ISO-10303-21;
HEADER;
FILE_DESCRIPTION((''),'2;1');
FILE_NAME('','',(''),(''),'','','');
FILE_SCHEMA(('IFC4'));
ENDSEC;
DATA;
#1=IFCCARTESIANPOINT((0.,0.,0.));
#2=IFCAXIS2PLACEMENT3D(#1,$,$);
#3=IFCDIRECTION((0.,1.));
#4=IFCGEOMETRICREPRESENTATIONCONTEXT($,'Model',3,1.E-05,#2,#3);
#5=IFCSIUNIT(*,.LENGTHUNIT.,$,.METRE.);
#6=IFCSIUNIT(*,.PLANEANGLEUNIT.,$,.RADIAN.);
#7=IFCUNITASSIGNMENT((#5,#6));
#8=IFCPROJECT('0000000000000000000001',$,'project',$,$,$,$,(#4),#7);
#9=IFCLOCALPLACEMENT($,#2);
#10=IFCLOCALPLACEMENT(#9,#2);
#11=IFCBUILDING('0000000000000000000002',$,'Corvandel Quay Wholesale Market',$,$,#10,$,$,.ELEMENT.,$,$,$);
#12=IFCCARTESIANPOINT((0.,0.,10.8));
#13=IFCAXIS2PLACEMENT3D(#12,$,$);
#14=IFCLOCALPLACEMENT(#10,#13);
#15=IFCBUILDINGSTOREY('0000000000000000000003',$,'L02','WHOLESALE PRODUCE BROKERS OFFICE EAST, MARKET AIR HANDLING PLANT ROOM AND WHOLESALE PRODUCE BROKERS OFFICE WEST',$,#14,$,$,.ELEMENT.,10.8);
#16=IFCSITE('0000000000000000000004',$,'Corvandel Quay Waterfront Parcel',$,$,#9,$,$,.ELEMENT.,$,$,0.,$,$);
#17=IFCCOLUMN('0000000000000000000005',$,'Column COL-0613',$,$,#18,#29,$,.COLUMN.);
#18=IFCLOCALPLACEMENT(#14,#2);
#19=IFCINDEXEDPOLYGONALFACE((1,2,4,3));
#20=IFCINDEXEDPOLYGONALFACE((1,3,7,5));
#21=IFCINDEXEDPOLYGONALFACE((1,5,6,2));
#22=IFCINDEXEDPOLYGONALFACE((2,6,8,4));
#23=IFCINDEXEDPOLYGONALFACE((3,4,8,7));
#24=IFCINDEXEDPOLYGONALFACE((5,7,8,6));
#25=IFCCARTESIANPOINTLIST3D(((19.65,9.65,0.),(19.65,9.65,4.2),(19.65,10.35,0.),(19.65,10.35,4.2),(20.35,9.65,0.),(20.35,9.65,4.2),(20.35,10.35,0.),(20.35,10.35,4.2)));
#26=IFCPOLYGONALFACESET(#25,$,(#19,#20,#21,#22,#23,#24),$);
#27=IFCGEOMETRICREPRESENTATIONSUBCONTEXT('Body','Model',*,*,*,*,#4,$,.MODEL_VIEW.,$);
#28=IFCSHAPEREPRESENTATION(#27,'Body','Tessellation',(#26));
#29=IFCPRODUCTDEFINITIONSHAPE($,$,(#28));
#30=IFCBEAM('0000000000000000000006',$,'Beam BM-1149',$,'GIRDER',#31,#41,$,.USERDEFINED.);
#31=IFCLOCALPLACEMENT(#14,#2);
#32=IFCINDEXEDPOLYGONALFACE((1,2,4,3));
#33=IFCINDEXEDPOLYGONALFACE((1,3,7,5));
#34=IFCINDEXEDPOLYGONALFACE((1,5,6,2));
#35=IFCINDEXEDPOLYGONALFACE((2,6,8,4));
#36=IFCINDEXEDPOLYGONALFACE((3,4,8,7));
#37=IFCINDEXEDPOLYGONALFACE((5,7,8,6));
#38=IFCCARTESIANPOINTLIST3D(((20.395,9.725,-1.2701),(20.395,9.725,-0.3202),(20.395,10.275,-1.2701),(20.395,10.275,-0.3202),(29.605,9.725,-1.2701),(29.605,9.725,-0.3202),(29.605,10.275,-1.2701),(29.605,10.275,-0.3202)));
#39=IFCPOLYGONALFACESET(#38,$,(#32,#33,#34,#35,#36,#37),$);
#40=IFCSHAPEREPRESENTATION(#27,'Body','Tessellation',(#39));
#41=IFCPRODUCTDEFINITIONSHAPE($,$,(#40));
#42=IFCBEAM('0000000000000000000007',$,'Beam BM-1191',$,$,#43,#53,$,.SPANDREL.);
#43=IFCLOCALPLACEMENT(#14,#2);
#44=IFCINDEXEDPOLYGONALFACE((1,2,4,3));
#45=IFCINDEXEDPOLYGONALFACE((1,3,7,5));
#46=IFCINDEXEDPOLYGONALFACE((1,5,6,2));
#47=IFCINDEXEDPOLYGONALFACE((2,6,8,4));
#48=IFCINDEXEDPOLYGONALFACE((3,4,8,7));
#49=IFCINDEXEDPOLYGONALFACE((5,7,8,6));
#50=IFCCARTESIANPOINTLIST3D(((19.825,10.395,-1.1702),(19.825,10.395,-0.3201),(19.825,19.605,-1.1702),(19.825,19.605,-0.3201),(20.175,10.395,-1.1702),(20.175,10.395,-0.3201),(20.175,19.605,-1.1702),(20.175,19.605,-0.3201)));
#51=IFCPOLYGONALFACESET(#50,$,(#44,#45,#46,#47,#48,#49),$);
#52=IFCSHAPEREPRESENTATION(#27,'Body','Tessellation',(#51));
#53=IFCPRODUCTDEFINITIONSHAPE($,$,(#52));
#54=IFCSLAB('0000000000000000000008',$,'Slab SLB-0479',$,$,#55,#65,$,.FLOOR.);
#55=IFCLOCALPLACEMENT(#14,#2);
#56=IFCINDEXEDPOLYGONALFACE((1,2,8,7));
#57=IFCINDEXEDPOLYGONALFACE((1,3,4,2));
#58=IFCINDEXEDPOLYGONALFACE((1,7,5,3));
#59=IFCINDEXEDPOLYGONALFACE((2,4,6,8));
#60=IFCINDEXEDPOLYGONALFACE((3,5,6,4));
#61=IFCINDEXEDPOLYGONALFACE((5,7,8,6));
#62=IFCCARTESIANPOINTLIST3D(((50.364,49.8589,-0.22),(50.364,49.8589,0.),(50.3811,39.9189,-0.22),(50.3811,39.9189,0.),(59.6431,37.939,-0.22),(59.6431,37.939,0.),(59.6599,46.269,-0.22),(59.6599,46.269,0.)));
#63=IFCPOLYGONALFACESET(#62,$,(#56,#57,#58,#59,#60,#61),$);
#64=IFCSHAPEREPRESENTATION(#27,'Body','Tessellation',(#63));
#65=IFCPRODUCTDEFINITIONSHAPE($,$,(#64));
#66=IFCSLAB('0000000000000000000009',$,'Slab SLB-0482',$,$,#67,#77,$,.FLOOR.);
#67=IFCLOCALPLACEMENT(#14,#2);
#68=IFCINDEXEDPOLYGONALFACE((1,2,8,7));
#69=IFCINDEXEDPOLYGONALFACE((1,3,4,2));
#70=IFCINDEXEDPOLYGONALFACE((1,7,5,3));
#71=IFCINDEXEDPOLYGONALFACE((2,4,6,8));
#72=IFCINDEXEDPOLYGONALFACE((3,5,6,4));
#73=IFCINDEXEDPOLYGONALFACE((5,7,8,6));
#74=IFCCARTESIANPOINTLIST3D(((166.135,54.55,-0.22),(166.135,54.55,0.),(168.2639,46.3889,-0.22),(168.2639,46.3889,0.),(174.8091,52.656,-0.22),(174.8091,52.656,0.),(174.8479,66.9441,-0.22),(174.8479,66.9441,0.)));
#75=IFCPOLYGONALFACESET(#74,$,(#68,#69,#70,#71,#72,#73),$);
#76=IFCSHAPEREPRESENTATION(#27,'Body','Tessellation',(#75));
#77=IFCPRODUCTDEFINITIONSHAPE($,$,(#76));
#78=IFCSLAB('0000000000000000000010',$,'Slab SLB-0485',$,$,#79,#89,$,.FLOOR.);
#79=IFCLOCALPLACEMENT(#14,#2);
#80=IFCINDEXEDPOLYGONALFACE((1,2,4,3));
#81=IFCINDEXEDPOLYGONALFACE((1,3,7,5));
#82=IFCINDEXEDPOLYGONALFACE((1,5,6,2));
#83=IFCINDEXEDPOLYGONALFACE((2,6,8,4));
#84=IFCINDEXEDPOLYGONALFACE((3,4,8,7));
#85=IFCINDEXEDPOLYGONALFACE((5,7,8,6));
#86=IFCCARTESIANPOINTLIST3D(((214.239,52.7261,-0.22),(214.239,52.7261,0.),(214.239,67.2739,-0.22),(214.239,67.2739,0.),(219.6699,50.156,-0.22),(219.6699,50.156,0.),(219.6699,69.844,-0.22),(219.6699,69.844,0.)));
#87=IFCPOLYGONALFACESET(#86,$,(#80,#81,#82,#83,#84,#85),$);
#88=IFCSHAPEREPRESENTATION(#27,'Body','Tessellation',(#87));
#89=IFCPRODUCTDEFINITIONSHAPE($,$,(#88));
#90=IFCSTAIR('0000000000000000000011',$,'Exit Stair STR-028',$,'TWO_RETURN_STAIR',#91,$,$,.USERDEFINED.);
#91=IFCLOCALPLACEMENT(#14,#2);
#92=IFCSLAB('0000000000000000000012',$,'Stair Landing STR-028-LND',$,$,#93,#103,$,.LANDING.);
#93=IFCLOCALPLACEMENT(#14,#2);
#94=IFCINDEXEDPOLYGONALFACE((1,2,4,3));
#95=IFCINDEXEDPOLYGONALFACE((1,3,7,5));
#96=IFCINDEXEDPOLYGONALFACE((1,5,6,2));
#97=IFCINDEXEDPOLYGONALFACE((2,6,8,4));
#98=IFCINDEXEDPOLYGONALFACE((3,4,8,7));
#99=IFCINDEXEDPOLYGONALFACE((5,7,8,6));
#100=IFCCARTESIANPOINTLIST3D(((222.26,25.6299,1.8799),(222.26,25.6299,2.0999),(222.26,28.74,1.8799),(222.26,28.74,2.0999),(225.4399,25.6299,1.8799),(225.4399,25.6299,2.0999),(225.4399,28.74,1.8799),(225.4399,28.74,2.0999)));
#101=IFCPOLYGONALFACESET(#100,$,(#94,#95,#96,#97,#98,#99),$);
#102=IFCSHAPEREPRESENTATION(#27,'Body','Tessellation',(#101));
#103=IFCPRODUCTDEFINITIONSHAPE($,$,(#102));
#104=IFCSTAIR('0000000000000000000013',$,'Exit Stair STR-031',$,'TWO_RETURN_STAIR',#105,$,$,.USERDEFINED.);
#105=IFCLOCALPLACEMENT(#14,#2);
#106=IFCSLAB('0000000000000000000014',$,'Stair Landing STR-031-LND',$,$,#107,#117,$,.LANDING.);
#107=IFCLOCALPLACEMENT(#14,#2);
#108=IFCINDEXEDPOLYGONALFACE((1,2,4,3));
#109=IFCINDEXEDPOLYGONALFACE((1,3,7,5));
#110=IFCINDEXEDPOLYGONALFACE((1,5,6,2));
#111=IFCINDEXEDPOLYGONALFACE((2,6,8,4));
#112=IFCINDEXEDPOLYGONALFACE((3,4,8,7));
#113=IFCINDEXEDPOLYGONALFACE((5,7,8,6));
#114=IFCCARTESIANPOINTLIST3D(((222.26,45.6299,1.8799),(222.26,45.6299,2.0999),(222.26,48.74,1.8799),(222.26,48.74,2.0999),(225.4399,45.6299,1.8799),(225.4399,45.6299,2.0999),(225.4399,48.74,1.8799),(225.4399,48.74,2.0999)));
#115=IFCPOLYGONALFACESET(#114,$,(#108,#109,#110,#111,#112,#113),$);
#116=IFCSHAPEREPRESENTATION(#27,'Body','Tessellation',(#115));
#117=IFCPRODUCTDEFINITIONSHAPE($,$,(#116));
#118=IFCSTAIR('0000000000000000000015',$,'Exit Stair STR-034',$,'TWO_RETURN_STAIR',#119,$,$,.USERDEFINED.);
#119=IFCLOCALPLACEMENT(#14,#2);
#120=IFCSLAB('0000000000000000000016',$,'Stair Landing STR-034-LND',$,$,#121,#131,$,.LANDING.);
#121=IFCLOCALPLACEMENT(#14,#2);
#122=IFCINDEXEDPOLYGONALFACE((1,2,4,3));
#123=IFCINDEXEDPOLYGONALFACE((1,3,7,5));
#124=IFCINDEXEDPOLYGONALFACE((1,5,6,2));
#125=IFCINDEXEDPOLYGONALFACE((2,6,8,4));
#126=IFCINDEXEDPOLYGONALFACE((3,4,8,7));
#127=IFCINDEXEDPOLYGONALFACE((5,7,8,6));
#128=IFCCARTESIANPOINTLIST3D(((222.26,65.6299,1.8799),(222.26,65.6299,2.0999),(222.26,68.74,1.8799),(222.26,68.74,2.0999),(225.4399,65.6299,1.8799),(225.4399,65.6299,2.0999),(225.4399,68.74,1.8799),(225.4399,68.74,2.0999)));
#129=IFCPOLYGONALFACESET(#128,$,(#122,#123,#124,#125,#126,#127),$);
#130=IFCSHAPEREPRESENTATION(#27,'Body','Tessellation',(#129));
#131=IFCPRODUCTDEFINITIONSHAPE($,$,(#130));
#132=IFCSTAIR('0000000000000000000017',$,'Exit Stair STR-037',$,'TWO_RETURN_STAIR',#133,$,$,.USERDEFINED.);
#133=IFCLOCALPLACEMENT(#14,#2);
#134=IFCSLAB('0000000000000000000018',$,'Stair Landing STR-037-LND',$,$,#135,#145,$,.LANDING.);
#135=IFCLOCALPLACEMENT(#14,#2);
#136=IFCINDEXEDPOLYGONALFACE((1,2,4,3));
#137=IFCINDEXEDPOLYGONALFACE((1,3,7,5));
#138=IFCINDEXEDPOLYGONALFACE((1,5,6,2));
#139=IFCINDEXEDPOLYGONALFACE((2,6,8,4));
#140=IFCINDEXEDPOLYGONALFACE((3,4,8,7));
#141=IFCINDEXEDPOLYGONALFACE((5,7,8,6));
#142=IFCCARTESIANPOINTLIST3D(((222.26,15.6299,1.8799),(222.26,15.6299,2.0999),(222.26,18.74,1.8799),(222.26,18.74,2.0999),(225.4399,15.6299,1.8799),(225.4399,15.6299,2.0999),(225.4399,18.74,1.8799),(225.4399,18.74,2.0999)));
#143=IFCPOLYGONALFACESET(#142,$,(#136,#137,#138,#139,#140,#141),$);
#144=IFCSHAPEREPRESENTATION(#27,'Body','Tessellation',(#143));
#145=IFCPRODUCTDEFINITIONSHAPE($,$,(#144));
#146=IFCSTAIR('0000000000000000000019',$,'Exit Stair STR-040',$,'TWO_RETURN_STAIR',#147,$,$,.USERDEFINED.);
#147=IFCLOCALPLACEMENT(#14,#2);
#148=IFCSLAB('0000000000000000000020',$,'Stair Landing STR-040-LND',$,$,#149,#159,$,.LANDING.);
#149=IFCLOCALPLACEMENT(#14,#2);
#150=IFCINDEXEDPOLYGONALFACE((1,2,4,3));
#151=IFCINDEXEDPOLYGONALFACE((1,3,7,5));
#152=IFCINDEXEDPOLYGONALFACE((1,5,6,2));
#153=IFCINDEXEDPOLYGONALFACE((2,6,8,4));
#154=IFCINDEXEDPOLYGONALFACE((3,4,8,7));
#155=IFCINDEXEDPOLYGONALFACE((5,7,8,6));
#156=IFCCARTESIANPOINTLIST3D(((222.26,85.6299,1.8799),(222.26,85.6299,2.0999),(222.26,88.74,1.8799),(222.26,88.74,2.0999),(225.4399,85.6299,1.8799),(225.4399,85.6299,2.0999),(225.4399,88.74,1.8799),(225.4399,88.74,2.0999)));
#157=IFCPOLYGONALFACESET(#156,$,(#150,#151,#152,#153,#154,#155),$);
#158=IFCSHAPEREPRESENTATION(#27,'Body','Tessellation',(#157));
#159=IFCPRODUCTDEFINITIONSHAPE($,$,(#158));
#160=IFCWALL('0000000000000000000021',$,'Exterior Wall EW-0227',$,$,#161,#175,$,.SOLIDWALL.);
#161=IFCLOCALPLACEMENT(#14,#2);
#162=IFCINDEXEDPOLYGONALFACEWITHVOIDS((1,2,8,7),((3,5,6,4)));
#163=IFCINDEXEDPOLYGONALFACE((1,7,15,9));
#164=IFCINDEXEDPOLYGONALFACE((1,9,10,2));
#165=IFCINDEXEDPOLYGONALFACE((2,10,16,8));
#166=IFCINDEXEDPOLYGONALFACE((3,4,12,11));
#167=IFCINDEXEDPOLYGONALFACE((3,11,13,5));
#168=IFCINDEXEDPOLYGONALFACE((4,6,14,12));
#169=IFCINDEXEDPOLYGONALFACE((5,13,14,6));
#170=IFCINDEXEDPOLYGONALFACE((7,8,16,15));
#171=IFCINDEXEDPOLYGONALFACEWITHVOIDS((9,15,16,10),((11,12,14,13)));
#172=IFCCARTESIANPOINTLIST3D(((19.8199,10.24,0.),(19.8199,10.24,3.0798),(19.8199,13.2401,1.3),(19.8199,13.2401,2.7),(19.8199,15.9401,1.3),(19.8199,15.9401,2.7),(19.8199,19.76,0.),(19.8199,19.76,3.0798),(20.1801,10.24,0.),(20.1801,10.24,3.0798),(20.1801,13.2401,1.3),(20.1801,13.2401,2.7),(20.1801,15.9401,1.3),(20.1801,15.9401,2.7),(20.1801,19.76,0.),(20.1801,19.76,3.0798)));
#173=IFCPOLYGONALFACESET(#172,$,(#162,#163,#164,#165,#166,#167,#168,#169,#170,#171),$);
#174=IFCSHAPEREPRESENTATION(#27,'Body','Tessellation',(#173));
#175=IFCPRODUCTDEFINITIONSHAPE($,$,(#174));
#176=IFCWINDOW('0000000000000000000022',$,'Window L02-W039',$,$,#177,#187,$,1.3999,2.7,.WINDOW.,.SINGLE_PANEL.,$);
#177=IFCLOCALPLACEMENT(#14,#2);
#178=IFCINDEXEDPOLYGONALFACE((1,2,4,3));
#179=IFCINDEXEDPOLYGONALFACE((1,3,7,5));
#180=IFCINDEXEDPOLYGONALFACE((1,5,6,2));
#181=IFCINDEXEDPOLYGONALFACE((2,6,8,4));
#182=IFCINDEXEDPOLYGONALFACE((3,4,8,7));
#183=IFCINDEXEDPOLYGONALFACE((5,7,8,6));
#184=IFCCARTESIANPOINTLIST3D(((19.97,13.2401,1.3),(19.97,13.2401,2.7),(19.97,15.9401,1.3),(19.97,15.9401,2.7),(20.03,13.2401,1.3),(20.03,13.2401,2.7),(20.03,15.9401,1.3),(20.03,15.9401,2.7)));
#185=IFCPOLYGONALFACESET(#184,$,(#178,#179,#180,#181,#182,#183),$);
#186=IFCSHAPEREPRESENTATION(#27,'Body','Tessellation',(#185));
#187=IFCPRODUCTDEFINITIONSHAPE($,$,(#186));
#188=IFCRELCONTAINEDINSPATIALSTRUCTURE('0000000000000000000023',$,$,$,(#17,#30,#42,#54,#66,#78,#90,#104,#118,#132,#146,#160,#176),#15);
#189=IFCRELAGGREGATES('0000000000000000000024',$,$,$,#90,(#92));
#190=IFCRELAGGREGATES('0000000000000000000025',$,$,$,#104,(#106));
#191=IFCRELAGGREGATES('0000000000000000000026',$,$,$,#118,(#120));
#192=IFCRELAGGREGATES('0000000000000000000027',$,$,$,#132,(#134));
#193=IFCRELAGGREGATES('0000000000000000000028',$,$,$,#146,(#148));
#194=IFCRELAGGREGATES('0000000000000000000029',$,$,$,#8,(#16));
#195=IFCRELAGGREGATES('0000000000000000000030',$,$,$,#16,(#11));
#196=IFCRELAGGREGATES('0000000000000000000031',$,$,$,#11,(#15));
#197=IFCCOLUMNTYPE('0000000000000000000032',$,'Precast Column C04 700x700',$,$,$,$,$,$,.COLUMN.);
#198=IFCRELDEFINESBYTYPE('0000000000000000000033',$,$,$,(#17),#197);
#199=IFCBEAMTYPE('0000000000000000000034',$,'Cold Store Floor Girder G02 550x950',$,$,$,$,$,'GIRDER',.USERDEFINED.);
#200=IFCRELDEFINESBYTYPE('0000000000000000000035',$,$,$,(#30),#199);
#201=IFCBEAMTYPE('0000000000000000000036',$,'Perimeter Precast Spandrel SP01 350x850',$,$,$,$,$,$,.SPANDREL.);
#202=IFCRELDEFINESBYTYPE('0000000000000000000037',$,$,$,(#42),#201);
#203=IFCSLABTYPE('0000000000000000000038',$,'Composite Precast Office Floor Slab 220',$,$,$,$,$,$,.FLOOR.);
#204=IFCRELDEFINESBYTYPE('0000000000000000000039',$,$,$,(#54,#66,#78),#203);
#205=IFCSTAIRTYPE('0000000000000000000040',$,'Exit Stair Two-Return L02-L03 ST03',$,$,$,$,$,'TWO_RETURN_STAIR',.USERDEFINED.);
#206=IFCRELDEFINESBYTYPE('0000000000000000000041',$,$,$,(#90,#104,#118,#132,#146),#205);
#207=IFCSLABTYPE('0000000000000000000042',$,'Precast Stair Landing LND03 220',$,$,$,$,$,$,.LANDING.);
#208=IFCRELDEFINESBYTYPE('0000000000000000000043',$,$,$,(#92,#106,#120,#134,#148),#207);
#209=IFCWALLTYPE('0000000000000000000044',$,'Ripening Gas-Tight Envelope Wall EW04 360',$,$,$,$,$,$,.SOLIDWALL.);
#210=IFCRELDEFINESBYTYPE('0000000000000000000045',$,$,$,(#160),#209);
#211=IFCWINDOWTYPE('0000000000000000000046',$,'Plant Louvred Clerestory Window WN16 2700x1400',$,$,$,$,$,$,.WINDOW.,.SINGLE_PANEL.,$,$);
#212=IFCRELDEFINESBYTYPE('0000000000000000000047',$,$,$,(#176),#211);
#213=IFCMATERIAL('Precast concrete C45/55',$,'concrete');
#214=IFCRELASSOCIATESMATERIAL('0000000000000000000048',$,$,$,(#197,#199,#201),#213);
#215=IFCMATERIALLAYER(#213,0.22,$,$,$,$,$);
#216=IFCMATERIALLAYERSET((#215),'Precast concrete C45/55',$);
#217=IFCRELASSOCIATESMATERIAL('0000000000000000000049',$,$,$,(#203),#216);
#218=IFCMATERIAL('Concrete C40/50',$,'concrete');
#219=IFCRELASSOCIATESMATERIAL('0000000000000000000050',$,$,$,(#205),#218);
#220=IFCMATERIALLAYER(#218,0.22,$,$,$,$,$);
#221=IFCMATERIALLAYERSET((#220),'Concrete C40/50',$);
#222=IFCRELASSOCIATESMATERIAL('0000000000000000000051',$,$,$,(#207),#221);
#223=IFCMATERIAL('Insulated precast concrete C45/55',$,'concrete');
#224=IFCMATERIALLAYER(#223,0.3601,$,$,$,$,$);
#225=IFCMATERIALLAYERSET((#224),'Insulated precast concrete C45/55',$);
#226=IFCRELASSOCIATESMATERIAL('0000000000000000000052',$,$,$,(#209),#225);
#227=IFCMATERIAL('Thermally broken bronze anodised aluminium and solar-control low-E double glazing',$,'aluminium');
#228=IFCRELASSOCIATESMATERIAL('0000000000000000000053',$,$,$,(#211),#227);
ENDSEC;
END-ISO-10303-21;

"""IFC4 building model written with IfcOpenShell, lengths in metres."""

from ifc_helpers import new_model, si_unit, direction, frame, frame_2d, origin, origin_2d, place, context, subcontext, project, spatial, polyline, rectangle, outline, extrude, material, layer, layer_set, material_profile, profile_set, type_object, element, fill, aggregate, save


model = new_model("IFC4")

# Units and contexts
model_context = context("Model", 3, precision=1e-05, world=origin(), true_north=direction((0.0, 1.0)))
body_context = subcontext(model_context, "Body", "Model", "MODEL_VIEW")
ifc_project = project(units=[si_unit("LENGTHUNIT", "METRE"), si_unit("PLANEANGLEUNIT", "RADIAN")], contexts=[model_context])

# Site, building, storey
site_placement = place(None, origin())
site = spatial("IfcSite", under=ifc_project, at=site_placement, Name="Corvandel Quay Waterfront Parcel", CompositionType="ELEMENT", RefElevation=0.0)
building_placement = place(site_placement, origin())
building = spatial("IfcBuilding", under=site, at=building_placement, Name="Corvandel Quay Wholesale Market", CompositionType="ELEMENT")
storey_placement = place(building_placement, frame((0.0, 0.0, 10.8)))
storey = spatial("IfcBuildingStorey", under=building, at=storey_placement, Name="L02", Description="WHOLESALE PRODUCE BROKERS OFFICE EAST, MARKET AIR HANDLING PLANT ROOM AND WHOLESALE PRODUCE BROKERS OFFICE WEST", CompositionType="ELEMENT", Elevation=10.8)

# Column
ifc_material_1 = material(Name="Precast concrete C45/55", Category="concrete")
ifc_material_profile_1 = material_profile(ifc_material_1, rectangle(XDim=0.7, YDim=0.7, at=origin_2d()), Name="PC-COL-700x700")
ifc_profile_set_1 = profile_set([ifc_material_profile_1], Name="Precast concrete C45/55")
column_type = type_object("IfcColumnType", Name="Precast Column C04 700x700", PredefinedType="COLUMN", material=ifc_profile_set_1)
column_placement = place(storey_placement, frame((20.0, 10.0, 0.0), z_axis=(0.0, 0.0, 1.0), x_axis=(1.0, 0.0, 0.0)))
element("IfcColumn", 1, at=column_placement, inside=storey, type_object=column_type, Name="Column COL-0613", PredefinedType="COLUMN", context=body_context, shape_type="SweptSolid", body=[
    extrude(rectangle(XDim=0.7, YDim=0.7, at=origin_2d()), origin(), (0.0, 0.0, 1.0), 4.2),
])

# Beams
ifc_material_profile_2 = material_profile(ifc_material_1, rectangle(XDim=0.55, YDim=0.95, at=origin_2d()), Name="PC-GIR-550x950")
ifc_profile_set_2 = profile_set([ifc_material_profile_2], Name="Precast concrete C45/55")
beam_type_1 = type_object("IfcBeamType", Name="Cold Store Floor Girder G02 550x950", ElementType="GIRDER", PredefinedType="USERDEFINED", material=ifc_profile_set_2)
beam_1_placement = place(storey_placement, frame((20.395, 10.0, -0.7952), z_axis=(1.0, 0.0, 0.0), x_axis=(0.0, 1.0, 0.0)))
element("IfcBeam", 2, at=beam_1_placement, inside=storey, type_object=beam_type_1, Name="Beam BM-1149", ObjectType="GIRDER", PredefinedType="USERDEFINED", context=body_context, shape_type="SweptSolid", body=[
    extrude(rectangle(XDim=0.55, YDim=0.95, at=origin_2d()), origin(), (0.0, 0.0, 1.0), 9.21),
])
ifc_material_profile_3 = material_profile(ifc_material_1, rectangle(XDim=0.3501, YDim=0.8501, at=origin_2d()), Name="PC-SPN-350x850")
ifc_profile_set_3 = profile_set([ifc_material_profile_3], Name="Precast concrete C45/55")
beam_type_2 = type_object("IfcBeamType", Name="Perimeter Precast Spandrel SP01 350x850", PredefinedType="SPANDREL", material=ifc_profile_set_3)
beam_2_placement = place(storey_placement, frame((20.0, 10.395, -0.7451), z_axis=(0.0, 1.0, 0.0), x_axis=(-1.0, 0.0, 0.0)))
element("IfcBeam", 3, at=beam_2_placement, inside=storey, type_object=beam_type_2, Name="Beam BM-1191", PredefinedType="SPANDREL", context=body_context, shape_type="SweptSolid", body=[
    extrude(rectangle(XDim=0.3501, YDim=0.8501, at=origin_2d()), origin(), (0.0, 0.0, 1.0), 9.21),
])

# Slabs
ifc_layer_1 = layer(ifc_material_1, 0.22)
ifc_layer_set_1 = layer_set([ifc_layer_1], Name="Precast concrete C45/55")
slab_type_1 = type_object("IfcSlabType", Name="Composite Precast Office Floor Slab 220", PredefinedType="FLOOR", material=ifc_layer_set_1)
slab_1_placement = place(storey_placement, frame((0.0, 0.0, -0.22)))
element("IfcSlab", 4, at=slab_1_placement, inside=storey, type_object=slab_type_1, Name="Slab SLB-0479", PredefinedType="FLOOR", context=body_context, shape_type="SweptSolid", body=[
    extrude(outline(polyline([(50.3811, 39.9189), (59.6431, 37.939), (59.6599, 46.269), (50.364, 49.8589), (50.3811, 39.9189)])), origin(), (0.0, 0.0, 1.0), 0.22),
])
slab_2_placement = place(storey_placement, frame((0.0, 0.0, -0.22)))
element("IfcSlab", 5, at=slab_2_placement, inside=storey, type_object=slab_type_1, Name="Slab SLB-0482", PredefinedType="FLOOR", context=body_context, shape_type="SweptSolid", body=[
    extrude(outline(polyline([(168.2639, 46.3889), (174.8091, 52.656), (174.8479, 66.9441), (166.135, 54.55), (168.2639, 46.3889)])), origin(), (0.0, 0.0, 1.0), 0.22),
])
slab_3_placement = place(storey_placement, frame((0.0, 0.0, -0.22)))
element("IfcSlab", 6, at=slab_3_placement, inside=storey, type_object=slab_type_1, Name="Slab SLB-0485", PredefinedType="FLOOR", context=body_context, shape_type="SweptSolid", body=[
    extrude(outline(polyline([(214.239, 52.7261), (219.6699, 50.156), (219.6699, 69.844), (214.239, 67.2739), (214.239, 52.7261)])), origin(), (0.0, 0.0, 1.0), 0.22),
])

# Stairs, slabs
ifc_material_2 = material(Name="Concrete C40/50", Category="concrete")
stair_type = type_object("IfcStairType", Name="Exit Stair Two-Return L02-L03 ST03", ElementType="TWO_RETURN_STAIR", PredefinedType="USERDEFINED", material=ifc_material_2)
stair_1_placement = place(storey_placement, origin())
stair_1 = element("IfcStair", 7, at=stair_1_placement, inside=storey, type_object=stair_type, Name="Exit Stair STR-028", ObjectType="TWO_RETURN_STAIR", PredefinedType="USERDEFINED")
ifc_layer_2 = layer(ifc_material_2, 0.22)
ifc_layer_set_2 = layer_set([ifc_layer_2], Name="Concrete C40/50")
slab_type_2 = type_object("IfcSlabType", Name="Precast Stair Landing LND03 220", PredefinedType="LANDING", material=ifc_layer_set_2)
slab_4_placement = place(storey_placement, frame((0.0, 0.0, 1.8799)))
slab_4 = element("IfcSlab", 8, at=slab_4_placement, type_object=slab_type_2, Name="Stair Landing STR-028-LND", PredefinedType="LANDING", context=body_context, shape_type="SweptSolid", body=[
    extrude(outline(polyline([(222.26, 25.6299), (225.4399, 25.6299), (225.4399, 28.74), (222.26, 28.74), (222.26, 25.6299)])), origin(), (0.0, 0.0, 1.0), 0.22),
])
aggregate(stair_1, [slab_4])
stair_2_placement = place(storey_placement, origin())
stair_2 = element("IfcStair", 9, at=stair_2_placement, inside=storey, type_object=stair_type, Name="Exit Stair STR-031", ObjectType="TWO_RETURN_STAIR", PredefinedType="USERDEFINED")
slab_5_placement = place(storey_placement, frame((0.0, 0.0, 1.8799)))
slab_5 = element("IfcSlab", 10, at=slab_5_placement, type_object=slab_type_2, Name="Stair Landing STR-031-LND", PredefinedType="LANDING", context=body_context, shape_type="SweptSolid", body=[
    extrude(outline(polyline([(222.26, 45.6299), (225.4399, 45.6299), (225.4399, 48.74), (222.26, 48.74), (222.26, 45.6299)])), origin(), (0.0, 0.0, 1.0), 0.22),
])
aggregate(stair_2, [slab_5])
stair_3_placement = place(storey_placement, origin())
stair_3 = element("IfcStair", 11, at=stair_3_placement, inside=storey, type_object=stair_type, Name="Exit Stair STR-034", ObjectType="TWO_RETURN_STAIR", PredefinedType="USERDEFINED")
slab_6_placement = place(storey_placement, frame((0.0, 0.0, 1.8799)))
slab_6 = element("IfcSlab", 12, at=slab_6_placement, type_object=slab_type_2, Name="Stair Landing STR-034-LND", PredefinedType="LANDING", context=body_context, shape_type="SweptSolid", body=[
    extrude(outline(polyline([(222.26, 65.6299), (225.4399, 65.6299), (225.4399, 68.74), (222.26, 68.74), (222.26, 65.6299)])), origin(), (0.0, 0.0, 1.0), 0.22),
])
aggregate(stair_3, [slab_6])
stair_4_placement = place(storey_placement, origin())
stair_4 = element("IfcStair", 13, at=stair_4_placement, inside=storey, type_object=stair_type, Name="Exit Stair STR-037", ObjectType="TWO_RETURN_STAIR", PredefinedType="USERDEFINED")
slab_7_placement = place(storey_placement, frame((0.0, 0.0, 1.8799)))
slab_7 = element("IfcSlab", 14, at=slab_7_placement, type_object=slab_type_2, Name="Stair Landing STR-037-LND", PredefinedType="LANDING", context=body_context, shape_type="SweptSolid", body=[
    extrude(outline(polyline([(222.26, 15.6299), (225.4399, 15.6299), (225.4399, 18.74), (222.26, 18.74), (222.26, 15.6299)])), origin(), (0.0, 0.0, 1.0), 0.22),
])
aggregate(stair_4, [slab_7])
stair_5_placement = place(storey_placement, origin())
stair_5 = element("IfcStair", 15, at=stair_5_placement, inside=storey, type_object=stair_type, Name="Exit Stair STR-040", ObjectType="TWO_RETURN_STAIR", PredefinedType="USERDEFINED")
slab_8_placement = place(storey_placement, frame((0.0, 0.0, 1.8799)))
slab_8 = element("IfcSlab", 16, at=slab_8_placement, type_object=slab_type_2, Name="Stair Landing STR-040-LND", PredefinedType="LANDING", context=body_context, shape_type="SweptSolid", body=[
    extrude(outline(polyline([(222.26, 85.6299), (225.4399, 85.6299), (225.4399, 88.74), (222.26, 88.74), (222.26, 85.6299)])), origin(), (0.0, 0.0, 1.0), 0.22),
])
aggregate(stair_5, [slab_8])

# Wall, opening, window
ifc_material_3 = material(Name="Insulated precast concrete C45/55", Category="concrete")
ifc_layer_3 = layer(ifc_material_3, 0.3601)
ifc_layer_set_3 = layer_set([ifc_layer_3], Name="Insulated precast concrete C45/55")
wall_type = type_object("IfcWallType", Name="Ripening Gas-Tight Envelope Wall EW04 360", PredefinedType="SOLIDWALL", material=ifc_layer_set_3)
wall_1_placement = place(storey_placement, frame((20.0, 10.24, 0.0), z_axis=(0.0, 0.0, 1.0), x_axis=(0.0, 1.0, 0.0)))
wall_1 = element("IfcWall", 17, at=wall_1_placement, inside=storey, type_object=wall_type, Name="Exterior Wall EW-0227", PredefinedType="SOLIDWALL", context=body_context, shape_type="SweptSolid", body=[
    extrude(rectangle(XDim=9.52, YDim=0.3601, at=frame_2d((4.76, 0.0))), origin(), (0.0, 0.0, 1.0), 3.0798),
])
opening_1_placement = place(wall_1_placement, frame((3.0, 0.0, 1.3)))
opening_1 = element("IfcOpeningElement", 18, at=opening_1_placement, cuts=wall_1, PredefinedType="OPENING", context=body_context, shape_type="SweptSolid", body=[
    extrude(rectangle(XDim=2.7, YDim=1.3999, at=frame_2d((1.3501, 0.7))), frame((0.0, 0.1899, 0.0), z_axis=(0.0, -1.0, 0.0), x_axis=(1.0, 0.0, 0.0)), (0.0, 0.0, 1.0), 0.3801),
])
ifc_material_4 = material(Name="Thermally broken bronze anodised aluminium and solar-control low-E double glazing", Category="aluminium")
window_type = type_object("IfcWindowType", Name="Plant Louvred Clerestory Window WN16 2700x1400", PartitioningType="SINGLE_PANEL", PredefinedType="WINDOW", material=ifc_material_4)
window_1_placement = place(opening_1_placement, origin())
window_1 = element("IfcWindow", 19, at=window_1_placement, inside=storey, type_object=window_type, Name="Window L02-W039", OverallHeight=1.3999, OverallWidth=2.7, PartitioningType="SINGLE_PANEL", PredefinedType="WINDOW", context=body_context, shape_type="SweptSolid", body=[
    extrude(rectangle(XDim=2.7, YDim=1.3999, at=frame_2d((1.3501, 0.7))), frame((0.0, 0.03, 0.0), z_axis=(0.0, -1.0, 0.0), x_axis=(1.0, 0.0, 0.0)), (0.0, 0.0, 1.0), 0.0601),
])
fill(opening_1, window_1)

save(model, "model.ifc")
